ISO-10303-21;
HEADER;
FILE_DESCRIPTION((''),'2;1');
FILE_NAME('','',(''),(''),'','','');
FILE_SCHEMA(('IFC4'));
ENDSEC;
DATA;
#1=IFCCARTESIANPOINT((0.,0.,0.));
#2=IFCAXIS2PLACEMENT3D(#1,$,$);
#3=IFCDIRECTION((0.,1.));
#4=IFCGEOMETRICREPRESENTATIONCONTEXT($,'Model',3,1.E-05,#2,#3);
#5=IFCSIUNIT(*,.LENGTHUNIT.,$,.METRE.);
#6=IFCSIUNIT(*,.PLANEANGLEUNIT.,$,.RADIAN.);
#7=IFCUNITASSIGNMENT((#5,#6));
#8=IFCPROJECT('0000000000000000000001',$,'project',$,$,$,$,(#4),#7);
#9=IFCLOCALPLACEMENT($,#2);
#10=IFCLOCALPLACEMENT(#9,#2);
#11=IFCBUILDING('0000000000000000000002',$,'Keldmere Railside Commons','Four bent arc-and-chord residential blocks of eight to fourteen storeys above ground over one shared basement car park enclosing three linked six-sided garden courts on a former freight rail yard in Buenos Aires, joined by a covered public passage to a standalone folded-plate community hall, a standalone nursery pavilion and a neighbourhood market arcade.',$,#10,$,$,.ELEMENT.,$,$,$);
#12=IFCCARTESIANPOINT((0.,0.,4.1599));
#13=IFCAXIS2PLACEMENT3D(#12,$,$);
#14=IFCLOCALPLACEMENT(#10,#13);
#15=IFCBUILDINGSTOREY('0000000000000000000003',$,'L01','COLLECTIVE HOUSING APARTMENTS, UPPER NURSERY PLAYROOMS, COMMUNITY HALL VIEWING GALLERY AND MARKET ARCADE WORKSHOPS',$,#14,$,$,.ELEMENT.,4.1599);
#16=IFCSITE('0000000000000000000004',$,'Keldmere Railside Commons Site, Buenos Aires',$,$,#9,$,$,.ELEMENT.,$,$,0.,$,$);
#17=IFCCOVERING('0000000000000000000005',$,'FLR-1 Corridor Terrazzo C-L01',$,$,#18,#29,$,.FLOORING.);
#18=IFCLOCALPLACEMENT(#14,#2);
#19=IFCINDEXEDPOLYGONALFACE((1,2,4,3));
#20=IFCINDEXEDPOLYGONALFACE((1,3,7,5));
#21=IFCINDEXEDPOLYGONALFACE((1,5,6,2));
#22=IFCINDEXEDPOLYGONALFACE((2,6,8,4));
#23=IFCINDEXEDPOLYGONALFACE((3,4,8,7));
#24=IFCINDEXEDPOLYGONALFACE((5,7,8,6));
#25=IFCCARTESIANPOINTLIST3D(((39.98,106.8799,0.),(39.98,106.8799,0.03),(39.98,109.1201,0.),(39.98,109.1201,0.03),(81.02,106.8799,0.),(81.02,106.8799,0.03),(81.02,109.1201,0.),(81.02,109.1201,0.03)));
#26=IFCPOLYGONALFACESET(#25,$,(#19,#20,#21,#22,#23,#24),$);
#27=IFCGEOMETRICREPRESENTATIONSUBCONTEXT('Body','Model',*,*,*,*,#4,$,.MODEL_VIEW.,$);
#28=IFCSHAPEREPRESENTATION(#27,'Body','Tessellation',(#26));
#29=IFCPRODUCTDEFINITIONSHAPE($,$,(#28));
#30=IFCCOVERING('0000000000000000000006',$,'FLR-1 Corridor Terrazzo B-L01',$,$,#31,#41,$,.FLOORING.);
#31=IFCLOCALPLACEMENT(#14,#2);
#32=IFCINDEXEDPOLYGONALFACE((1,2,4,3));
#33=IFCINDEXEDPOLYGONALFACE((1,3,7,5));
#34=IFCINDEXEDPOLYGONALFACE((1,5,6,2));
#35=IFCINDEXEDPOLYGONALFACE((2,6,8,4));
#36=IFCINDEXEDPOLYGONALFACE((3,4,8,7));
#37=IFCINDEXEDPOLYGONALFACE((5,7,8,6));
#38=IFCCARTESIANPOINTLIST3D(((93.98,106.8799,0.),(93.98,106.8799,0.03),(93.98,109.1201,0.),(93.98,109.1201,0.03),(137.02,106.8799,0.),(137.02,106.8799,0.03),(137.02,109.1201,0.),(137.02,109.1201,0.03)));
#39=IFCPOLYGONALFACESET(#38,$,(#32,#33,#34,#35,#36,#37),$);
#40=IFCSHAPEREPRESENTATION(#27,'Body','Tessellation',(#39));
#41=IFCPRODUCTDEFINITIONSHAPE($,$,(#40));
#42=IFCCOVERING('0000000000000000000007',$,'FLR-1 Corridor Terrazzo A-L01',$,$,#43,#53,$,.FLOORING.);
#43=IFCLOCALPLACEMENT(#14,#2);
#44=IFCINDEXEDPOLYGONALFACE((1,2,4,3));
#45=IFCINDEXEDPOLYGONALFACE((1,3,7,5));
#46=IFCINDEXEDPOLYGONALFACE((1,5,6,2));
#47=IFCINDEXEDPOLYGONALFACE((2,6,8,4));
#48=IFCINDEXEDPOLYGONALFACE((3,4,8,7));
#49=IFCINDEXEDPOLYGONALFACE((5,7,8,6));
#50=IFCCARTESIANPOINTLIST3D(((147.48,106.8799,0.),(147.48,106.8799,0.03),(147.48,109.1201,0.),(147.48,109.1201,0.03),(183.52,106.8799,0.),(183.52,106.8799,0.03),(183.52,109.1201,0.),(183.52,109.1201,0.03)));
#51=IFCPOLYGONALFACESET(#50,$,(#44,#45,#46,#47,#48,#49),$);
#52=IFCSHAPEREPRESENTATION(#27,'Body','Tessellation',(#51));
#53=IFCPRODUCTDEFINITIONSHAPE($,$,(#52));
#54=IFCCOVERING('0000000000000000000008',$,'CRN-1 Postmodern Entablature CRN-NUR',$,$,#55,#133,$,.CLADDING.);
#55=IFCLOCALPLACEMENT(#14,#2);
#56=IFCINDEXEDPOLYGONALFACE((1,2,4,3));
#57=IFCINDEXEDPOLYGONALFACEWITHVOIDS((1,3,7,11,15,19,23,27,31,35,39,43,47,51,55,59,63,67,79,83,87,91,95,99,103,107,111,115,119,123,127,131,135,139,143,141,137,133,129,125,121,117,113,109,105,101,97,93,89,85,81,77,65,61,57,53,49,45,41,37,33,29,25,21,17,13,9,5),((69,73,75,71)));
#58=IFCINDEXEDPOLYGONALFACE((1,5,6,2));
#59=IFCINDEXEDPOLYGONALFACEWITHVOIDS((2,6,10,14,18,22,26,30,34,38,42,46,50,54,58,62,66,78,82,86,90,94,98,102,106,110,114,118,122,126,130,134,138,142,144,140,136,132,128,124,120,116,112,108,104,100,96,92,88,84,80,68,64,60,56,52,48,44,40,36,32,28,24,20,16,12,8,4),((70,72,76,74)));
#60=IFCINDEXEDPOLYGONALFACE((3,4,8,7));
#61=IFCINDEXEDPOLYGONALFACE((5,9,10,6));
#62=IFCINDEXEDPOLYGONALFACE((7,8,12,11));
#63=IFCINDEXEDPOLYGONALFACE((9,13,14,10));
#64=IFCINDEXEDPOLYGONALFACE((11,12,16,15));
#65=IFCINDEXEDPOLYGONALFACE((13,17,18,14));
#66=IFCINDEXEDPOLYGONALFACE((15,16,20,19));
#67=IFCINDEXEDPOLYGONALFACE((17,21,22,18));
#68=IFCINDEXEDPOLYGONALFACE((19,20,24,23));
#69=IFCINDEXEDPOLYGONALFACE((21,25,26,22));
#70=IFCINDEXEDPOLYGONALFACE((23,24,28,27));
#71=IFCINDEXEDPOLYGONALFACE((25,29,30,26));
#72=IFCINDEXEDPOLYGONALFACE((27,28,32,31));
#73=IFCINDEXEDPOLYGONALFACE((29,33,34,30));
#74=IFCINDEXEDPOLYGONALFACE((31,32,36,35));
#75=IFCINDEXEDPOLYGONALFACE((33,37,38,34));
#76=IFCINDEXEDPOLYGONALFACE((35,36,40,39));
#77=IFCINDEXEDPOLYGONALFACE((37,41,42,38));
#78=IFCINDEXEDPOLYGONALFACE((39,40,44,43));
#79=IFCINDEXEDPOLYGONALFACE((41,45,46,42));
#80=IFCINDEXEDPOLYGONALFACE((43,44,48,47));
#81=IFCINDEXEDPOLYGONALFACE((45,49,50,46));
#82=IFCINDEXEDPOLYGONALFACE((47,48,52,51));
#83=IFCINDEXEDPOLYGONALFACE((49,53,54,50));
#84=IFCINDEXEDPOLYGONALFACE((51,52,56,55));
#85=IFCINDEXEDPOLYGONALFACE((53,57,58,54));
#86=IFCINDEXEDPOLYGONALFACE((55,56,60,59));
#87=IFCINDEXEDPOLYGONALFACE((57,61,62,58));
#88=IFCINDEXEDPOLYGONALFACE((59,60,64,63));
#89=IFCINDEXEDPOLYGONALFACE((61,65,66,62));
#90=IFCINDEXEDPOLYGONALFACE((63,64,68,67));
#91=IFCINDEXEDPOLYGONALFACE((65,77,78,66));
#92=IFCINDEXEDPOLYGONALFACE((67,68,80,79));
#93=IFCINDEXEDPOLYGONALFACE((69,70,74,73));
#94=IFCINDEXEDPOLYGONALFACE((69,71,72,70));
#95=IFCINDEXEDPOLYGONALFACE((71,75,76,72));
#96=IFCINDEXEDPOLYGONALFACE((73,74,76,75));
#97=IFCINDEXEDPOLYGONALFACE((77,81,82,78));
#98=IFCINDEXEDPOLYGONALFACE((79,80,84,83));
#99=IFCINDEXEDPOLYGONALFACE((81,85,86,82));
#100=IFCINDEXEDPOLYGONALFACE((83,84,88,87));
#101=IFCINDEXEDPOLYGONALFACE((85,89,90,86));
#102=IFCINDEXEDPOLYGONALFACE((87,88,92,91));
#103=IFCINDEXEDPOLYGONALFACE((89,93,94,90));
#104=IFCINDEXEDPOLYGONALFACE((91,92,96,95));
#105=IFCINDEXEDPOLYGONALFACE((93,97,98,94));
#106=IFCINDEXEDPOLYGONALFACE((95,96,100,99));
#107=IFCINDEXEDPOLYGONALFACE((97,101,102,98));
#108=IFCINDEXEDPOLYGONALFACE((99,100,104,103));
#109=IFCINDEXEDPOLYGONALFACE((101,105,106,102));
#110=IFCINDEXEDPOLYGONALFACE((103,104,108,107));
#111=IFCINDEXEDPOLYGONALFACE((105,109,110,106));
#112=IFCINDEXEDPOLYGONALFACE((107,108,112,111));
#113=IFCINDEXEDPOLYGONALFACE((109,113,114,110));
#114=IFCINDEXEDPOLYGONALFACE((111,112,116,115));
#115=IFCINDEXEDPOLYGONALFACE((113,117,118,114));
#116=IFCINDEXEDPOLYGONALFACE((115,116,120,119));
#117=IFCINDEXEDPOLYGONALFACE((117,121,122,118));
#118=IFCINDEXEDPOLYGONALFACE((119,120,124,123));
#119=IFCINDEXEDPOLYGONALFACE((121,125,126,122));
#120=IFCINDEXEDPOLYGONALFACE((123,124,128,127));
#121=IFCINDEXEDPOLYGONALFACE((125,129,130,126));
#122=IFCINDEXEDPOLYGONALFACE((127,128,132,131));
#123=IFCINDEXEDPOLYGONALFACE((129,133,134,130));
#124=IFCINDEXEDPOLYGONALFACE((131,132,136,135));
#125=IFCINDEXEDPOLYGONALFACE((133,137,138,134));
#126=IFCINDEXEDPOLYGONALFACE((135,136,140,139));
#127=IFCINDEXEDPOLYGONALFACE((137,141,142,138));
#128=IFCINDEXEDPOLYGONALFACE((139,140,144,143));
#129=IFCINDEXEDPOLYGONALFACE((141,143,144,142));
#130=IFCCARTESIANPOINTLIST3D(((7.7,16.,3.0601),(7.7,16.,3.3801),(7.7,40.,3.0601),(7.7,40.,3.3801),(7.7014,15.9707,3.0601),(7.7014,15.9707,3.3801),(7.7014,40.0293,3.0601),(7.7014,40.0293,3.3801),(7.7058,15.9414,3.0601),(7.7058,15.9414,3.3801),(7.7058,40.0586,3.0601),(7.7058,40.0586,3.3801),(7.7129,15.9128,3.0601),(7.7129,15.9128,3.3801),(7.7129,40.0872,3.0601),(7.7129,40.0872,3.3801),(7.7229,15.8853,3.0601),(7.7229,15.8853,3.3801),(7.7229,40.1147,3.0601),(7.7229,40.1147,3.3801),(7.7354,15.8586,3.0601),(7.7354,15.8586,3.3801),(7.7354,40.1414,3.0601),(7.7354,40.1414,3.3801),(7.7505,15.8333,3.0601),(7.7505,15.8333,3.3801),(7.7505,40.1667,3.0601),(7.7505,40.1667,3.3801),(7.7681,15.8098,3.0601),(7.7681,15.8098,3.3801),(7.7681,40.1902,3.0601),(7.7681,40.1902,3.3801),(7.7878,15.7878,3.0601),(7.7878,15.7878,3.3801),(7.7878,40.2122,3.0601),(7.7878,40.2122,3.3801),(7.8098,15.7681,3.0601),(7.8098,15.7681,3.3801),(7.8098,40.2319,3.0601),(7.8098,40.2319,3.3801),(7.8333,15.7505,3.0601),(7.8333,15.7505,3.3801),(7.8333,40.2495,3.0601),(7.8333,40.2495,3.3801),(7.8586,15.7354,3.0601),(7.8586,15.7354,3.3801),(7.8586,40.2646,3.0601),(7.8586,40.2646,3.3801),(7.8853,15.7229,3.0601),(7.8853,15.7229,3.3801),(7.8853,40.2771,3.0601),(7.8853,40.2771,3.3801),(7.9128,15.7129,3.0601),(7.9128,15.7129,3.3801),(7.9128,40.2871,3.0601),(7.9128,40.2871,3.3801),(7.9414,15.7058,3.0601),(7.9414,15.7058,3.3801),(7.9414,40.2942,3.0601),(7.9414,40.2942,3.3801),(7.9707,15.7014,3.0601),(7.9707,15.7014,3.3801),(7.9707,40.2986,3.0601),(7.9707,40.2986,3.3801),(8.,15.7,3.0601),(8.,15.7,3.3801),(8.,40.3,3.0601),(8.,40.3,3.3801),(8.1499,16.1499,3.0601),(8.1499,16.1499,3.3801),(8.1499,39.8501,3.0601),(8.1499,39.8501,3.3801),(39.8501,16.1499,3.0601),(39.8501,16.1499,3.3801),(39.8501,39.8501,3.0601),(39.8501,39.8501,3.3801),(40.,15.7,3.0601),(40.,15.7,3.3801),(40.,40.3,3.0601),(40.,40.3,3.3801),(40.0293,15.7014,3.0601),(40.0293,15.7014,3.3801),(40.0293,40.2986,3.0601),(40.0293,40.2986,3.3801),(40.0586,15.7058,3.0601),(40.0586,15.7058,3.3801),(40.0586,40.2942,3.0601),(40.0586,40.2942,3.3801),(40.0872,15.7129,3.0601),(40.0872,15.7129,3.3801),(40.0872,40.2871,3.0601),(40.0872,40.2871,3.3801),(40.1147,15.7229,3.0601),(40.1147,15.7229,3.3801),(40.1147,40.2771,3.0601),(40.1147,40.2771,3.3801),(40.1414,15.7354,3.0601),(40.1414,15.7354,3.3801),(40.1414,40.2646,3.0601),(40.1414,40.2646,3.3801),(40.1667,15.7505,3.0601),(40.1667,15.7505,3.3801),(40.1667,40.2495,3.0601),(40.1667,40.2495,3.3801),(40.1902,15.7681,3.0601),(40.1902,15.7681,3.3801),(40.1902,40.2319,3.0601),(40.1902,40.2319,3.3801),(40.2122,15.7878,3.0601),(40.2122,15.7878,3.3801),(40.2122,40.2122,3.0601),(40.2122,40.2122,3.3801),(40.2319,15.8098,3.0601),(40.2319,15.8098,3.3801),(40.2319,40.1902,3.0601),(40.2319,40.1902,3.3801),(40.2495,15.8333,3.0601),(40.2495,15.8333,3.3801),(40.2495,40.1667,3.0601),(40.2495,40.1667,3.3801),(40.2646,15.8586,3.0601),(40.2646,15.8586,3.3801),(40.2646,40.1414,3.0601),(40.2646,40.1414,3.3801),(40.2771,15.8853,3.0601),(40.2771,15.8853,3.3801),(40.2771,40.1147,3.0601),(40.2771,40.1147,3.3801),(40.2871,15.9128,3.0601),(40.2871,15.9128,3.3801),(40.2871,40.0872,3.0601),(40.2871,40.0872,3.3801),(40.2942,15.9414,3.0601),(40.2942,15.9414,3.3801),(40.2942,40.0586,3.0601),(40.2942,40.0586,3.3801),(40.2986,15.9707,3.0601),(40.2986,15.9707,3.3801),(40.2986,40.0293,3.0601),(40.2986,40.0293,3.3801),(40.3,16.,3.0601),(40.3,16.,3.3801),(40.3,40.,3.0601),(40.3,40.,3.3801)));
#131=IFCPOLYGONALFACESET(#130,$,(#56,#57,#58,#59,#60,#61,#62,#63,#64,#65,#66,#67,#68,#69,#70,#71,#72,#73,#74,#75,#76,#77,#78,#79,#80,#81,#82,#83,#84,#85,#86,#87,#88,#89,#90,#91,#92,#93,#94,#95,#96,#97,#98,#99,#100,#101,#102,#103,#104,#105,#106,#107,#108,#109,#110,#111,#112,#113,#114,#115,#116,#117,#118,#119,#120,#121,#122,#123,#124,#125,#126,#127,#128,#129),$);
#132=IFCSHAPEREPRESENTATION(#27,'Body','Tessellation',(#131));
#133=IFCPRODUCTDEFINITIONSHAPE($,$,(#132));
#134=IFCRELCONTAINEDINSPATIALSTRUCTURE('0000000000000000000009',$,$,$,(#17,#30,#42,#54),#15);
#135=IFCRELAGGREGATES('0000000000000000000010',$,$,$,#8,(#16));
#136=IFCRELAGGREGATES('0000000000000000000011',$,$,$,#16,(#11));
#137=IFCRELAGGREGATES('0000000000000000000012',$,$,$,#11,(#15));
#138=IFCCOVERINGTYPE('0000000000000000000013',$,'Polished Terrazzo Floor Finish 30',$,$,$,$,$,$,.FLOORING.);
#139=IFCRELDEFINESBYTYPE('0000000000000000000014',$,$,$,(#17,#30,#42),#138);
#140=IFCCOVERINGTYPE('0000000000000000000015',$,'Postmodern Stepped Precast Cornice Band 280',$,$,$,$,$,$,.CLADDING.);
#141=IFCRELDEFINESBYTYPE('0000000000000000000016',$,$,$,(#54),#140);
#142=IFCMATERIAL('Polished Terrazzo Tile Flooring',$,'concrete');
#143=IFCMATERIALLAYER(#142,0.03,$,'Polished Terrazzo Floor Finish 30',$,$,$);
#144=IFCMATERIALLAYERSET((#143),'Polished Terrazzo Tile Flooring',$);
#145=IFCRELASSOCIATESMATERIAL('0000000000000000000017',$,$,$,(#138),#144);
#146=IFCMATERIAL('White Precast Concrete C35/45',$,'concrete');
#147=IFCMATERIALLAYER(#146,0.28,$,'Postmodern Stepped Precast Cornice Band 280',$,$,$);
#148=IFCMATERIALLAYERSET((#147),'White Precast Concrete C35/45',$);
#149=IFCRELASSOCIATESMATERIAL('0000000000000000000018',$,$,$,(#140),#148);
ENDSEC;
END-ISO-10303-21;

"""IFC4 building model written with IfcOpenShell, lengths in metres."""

from ifc_helpers import new_model, si_unit, direction, frame, origin, place, context, subcontext, project, spatial, polyline, outline, extrude, material, layer, layer_set, type_object, element, save


model = new_model("IFC4")

# Units and contexts
model_context = context("Model", 3, precision=1e-05, world=origin(), true_north=direction((0.0, 1.0)))
body_context = subcontext(model_context, "Body", "Model", "MODEL_VIEW")
ifc_project = project(units=[si_unit("LENGTHUNIT", "METRE"), si_unit("PLANEANGLEUNIT", "RADIAN")], contexts=[model_context])

# Site, building, storey
site_placement = place(None, origin())
site = spatial("IfcSite", under=ifc_project, at=site_placement, Name="Keldmere Railside Commons Site, Buenos Aires", CompositionType="ELEMENT", RefElevation=0.0)
building_placement = place(site_placement, origin())
building = spatial("IfcBuilding", under=site, at=building_placement, Name="Keldmere Railside Commons", Description="Four bent arc-and-chord residential blocks of eight to fourteen storeys above ground over one shared basement car park enclosing three linked six-sided garden courts on a former freight rail yard in Buenos Aires, joined by a covered public passage to a standalone folded-plate community hall, a standalone nursery pavilion and a neighbourhood market arcade.", CompositionType="ELEMENT")
storey_placement = place(building_placement, frame((0.0, 0.0, 4.1599)))
storey = spatial("IfcBuildingStorey", under=building, at=storey_placement, Name="L01", Description="COLLECTIVE HOUSING APARTMENTS, UPPER NURSERY PLAYROOMS, COMMUNITY HALL VIEWING GALLERY AND MARKET ARCADE WORKSHOPS", CompositionType="ELEMENT", Elevation=4.1599)

# Coverings
ifc_material_1 = material(Name="Polished Terrazzo Tile Flooring", Category="concrete")
ifc_layer_1 = layer(ifc_material_1, 0.03, Name="Polished Terrazzo Floor Finish 30")
ifc_layer_set_1 = layer_set([ifc_layer_1], Name="Polished Terrazzo Tile Flooring")
covering_type_1 = type_object("IfcCoveringType", Name="Polished Terrazzo Floor Finish 30", PredefinedType="FLOORING", material=ifc_layer_set_1)
covering_1_placement = place(storey_placement, origin())
element("IfcCovering", 1, at=covering_1_placement, inside=storey, type_object=covering_type_1, Name="FLR-1 Corridor Terrazzo C-L01", PredefinedType="FLOORING", context=body_context, shape_type="SweptSolid", body=[
    extrude(outline(polyline([(39.98, 106.8799), (81.02, 106.8799), (81.02, 109.1201), (39.98, 109.1201), (39.98, 106.8799)])), origin(), (0.0, 0.0, 1.0), 0.03),
])
covering_2_placement = place(storey_placement, origin())
element("IfcCovering", 2, at=covering_2_placement, inside=storey, type_object=covering_type_1, Name="FLR-1 Corridor Terrazzo B-L01", PredefinedType="FLOORING", context=body_context, shape_type="SweptSolid", body=[
    extrude(outline(polyline([(93.98, 106.8799), (137.02, 106.8799), (137.02, 109.1201), (93.98, 109.1201), (93.98, 106.8799)])), origin(), (0.0, 0.0, 1.0), 0.03),
])
covering_3_placement = place(storey_placement, origin())
element("IfcCovering", 3, at=covering_3_placement, inside=storey, type_object=covering_type_1, Name="FLR-1 Corridor Terrazzo A-L01", PredefinedType="FLOORING", context=body_context, shape_type="SweptSolid", body=[
    extrude(outline(polyline([(147.48, 106.8799), (183.52, 106.8799), (183.52, 109.1201), (147.48, 109.1201), (147.48, 106.8799)])), origin(), (0.0, 0.0, 1.0), 0.03),
])
ifc_material_2 = material(Name="White Precast Concrete C35/45", Category="concrete")
ifc_layer_2 = layer(ifc_material_2, 0.28, Name="Postmodern Stepped Precast Cornice Band 280")
ifc_layer_set_2 = layer_set([ifc_layer_2], Name="White Precast Concrete C35/45")
covering_type_2 = type_object("IfcCoveringType", Name="Postmodern Stepped Precast Cornice Band 280", PredefinedType="CLADDING", material=ifc_layer_set_2)
covering_4_placement = place(storey_placement, frame((0.0, 0.0, 3.0601)))
element("IfcCovering", 4, at=covering_4_placement, inside=storey, type_object=covering_type_2, Name="CRN-1 Postmodern Entablature CRN-NUR", PredefinedType="CLADDING", context=body_context, shape_type="SweptSolid", body=[
    extrude(outline(polyline([(8.0, 15.7), (7.9707, 15.7014), (7.9414, 15.7058), (7.9128, 15.7129), (7.8853, 15.7229), (7.8586, 15.7354), (7.8333, 15.7505), (7.8098, 15.7681), (7.7878, 15.7878), (7.7681, 15.8098), (7.7505, 15.8333), (7.7354, 15.8586), (7.7229, 15.8853), (7.7129, 15.9128), (7.7058, 15.9414), (7.7014, 15.9707), (7.7, 16.0), (7.7, 40.0), (7.7014, 40.0293), (7.7058, 40.0586), (7.7129, 40.0872), (7.7229, 40.1147), (7.7354, 40.1414), (7.7505, 40.1667), (7.7681, 40.1902), (7.7878, 40.2122), (7.8098, 40.2319), (7.8333, 40.2495), (7.8586, 40.2646), (7.8853, 40.2771), (7.9128, 40.2871), (7.9414, 40.2942), (7.9707, 40.2986), (8.0, 40.3), (40.0, 40.3), (40.0293, 40.2986), (40.0586, 40.2942), (40.0872, 40.2871), (40.1147, 40.2771), (40.1414, 40.2646), (40.1667, 40.2495), (40.1902, 40.2319), (40.2122, 40.2122), (40.2319, 40.1902), (40.2495, 40.1667), (40.2646, 40.1414), (40.2771, 40.1147), (40.2871, 40.0872), (40.2942, 40.0586), (40.2986, 40.0293), (40.3, 40.0), (40.3, 16.0), (40.2986, 15.9707), (40.2942, 15.9414), (40.2871, 15.9128), (40.2771, 15.8853), (40.2646, 15.8586), (40.2495, 15.8333), (40.2319, 15.8098), (40.2122, 15.7878), (40.1902, 15.7681), (40.1667, 15.7505), (40.1414, 15.7354), (40.1147, 15.7229), (40.0872, 15.7129), (40.0586, 15.7058), (40.0293, 15.7014), (40.0, 15.7), (8.0, 15.7)]), holes=[polyline([(39.8501, 16.1499), (8.1499, 16.1499), (8.1499, 39.8501), (39.8501, 39.8501), (39.8501, 16.1499)])]), origin(), (0.0, 0.0, 1.0), 0.3201),
])

save(model, "model.ifc")
